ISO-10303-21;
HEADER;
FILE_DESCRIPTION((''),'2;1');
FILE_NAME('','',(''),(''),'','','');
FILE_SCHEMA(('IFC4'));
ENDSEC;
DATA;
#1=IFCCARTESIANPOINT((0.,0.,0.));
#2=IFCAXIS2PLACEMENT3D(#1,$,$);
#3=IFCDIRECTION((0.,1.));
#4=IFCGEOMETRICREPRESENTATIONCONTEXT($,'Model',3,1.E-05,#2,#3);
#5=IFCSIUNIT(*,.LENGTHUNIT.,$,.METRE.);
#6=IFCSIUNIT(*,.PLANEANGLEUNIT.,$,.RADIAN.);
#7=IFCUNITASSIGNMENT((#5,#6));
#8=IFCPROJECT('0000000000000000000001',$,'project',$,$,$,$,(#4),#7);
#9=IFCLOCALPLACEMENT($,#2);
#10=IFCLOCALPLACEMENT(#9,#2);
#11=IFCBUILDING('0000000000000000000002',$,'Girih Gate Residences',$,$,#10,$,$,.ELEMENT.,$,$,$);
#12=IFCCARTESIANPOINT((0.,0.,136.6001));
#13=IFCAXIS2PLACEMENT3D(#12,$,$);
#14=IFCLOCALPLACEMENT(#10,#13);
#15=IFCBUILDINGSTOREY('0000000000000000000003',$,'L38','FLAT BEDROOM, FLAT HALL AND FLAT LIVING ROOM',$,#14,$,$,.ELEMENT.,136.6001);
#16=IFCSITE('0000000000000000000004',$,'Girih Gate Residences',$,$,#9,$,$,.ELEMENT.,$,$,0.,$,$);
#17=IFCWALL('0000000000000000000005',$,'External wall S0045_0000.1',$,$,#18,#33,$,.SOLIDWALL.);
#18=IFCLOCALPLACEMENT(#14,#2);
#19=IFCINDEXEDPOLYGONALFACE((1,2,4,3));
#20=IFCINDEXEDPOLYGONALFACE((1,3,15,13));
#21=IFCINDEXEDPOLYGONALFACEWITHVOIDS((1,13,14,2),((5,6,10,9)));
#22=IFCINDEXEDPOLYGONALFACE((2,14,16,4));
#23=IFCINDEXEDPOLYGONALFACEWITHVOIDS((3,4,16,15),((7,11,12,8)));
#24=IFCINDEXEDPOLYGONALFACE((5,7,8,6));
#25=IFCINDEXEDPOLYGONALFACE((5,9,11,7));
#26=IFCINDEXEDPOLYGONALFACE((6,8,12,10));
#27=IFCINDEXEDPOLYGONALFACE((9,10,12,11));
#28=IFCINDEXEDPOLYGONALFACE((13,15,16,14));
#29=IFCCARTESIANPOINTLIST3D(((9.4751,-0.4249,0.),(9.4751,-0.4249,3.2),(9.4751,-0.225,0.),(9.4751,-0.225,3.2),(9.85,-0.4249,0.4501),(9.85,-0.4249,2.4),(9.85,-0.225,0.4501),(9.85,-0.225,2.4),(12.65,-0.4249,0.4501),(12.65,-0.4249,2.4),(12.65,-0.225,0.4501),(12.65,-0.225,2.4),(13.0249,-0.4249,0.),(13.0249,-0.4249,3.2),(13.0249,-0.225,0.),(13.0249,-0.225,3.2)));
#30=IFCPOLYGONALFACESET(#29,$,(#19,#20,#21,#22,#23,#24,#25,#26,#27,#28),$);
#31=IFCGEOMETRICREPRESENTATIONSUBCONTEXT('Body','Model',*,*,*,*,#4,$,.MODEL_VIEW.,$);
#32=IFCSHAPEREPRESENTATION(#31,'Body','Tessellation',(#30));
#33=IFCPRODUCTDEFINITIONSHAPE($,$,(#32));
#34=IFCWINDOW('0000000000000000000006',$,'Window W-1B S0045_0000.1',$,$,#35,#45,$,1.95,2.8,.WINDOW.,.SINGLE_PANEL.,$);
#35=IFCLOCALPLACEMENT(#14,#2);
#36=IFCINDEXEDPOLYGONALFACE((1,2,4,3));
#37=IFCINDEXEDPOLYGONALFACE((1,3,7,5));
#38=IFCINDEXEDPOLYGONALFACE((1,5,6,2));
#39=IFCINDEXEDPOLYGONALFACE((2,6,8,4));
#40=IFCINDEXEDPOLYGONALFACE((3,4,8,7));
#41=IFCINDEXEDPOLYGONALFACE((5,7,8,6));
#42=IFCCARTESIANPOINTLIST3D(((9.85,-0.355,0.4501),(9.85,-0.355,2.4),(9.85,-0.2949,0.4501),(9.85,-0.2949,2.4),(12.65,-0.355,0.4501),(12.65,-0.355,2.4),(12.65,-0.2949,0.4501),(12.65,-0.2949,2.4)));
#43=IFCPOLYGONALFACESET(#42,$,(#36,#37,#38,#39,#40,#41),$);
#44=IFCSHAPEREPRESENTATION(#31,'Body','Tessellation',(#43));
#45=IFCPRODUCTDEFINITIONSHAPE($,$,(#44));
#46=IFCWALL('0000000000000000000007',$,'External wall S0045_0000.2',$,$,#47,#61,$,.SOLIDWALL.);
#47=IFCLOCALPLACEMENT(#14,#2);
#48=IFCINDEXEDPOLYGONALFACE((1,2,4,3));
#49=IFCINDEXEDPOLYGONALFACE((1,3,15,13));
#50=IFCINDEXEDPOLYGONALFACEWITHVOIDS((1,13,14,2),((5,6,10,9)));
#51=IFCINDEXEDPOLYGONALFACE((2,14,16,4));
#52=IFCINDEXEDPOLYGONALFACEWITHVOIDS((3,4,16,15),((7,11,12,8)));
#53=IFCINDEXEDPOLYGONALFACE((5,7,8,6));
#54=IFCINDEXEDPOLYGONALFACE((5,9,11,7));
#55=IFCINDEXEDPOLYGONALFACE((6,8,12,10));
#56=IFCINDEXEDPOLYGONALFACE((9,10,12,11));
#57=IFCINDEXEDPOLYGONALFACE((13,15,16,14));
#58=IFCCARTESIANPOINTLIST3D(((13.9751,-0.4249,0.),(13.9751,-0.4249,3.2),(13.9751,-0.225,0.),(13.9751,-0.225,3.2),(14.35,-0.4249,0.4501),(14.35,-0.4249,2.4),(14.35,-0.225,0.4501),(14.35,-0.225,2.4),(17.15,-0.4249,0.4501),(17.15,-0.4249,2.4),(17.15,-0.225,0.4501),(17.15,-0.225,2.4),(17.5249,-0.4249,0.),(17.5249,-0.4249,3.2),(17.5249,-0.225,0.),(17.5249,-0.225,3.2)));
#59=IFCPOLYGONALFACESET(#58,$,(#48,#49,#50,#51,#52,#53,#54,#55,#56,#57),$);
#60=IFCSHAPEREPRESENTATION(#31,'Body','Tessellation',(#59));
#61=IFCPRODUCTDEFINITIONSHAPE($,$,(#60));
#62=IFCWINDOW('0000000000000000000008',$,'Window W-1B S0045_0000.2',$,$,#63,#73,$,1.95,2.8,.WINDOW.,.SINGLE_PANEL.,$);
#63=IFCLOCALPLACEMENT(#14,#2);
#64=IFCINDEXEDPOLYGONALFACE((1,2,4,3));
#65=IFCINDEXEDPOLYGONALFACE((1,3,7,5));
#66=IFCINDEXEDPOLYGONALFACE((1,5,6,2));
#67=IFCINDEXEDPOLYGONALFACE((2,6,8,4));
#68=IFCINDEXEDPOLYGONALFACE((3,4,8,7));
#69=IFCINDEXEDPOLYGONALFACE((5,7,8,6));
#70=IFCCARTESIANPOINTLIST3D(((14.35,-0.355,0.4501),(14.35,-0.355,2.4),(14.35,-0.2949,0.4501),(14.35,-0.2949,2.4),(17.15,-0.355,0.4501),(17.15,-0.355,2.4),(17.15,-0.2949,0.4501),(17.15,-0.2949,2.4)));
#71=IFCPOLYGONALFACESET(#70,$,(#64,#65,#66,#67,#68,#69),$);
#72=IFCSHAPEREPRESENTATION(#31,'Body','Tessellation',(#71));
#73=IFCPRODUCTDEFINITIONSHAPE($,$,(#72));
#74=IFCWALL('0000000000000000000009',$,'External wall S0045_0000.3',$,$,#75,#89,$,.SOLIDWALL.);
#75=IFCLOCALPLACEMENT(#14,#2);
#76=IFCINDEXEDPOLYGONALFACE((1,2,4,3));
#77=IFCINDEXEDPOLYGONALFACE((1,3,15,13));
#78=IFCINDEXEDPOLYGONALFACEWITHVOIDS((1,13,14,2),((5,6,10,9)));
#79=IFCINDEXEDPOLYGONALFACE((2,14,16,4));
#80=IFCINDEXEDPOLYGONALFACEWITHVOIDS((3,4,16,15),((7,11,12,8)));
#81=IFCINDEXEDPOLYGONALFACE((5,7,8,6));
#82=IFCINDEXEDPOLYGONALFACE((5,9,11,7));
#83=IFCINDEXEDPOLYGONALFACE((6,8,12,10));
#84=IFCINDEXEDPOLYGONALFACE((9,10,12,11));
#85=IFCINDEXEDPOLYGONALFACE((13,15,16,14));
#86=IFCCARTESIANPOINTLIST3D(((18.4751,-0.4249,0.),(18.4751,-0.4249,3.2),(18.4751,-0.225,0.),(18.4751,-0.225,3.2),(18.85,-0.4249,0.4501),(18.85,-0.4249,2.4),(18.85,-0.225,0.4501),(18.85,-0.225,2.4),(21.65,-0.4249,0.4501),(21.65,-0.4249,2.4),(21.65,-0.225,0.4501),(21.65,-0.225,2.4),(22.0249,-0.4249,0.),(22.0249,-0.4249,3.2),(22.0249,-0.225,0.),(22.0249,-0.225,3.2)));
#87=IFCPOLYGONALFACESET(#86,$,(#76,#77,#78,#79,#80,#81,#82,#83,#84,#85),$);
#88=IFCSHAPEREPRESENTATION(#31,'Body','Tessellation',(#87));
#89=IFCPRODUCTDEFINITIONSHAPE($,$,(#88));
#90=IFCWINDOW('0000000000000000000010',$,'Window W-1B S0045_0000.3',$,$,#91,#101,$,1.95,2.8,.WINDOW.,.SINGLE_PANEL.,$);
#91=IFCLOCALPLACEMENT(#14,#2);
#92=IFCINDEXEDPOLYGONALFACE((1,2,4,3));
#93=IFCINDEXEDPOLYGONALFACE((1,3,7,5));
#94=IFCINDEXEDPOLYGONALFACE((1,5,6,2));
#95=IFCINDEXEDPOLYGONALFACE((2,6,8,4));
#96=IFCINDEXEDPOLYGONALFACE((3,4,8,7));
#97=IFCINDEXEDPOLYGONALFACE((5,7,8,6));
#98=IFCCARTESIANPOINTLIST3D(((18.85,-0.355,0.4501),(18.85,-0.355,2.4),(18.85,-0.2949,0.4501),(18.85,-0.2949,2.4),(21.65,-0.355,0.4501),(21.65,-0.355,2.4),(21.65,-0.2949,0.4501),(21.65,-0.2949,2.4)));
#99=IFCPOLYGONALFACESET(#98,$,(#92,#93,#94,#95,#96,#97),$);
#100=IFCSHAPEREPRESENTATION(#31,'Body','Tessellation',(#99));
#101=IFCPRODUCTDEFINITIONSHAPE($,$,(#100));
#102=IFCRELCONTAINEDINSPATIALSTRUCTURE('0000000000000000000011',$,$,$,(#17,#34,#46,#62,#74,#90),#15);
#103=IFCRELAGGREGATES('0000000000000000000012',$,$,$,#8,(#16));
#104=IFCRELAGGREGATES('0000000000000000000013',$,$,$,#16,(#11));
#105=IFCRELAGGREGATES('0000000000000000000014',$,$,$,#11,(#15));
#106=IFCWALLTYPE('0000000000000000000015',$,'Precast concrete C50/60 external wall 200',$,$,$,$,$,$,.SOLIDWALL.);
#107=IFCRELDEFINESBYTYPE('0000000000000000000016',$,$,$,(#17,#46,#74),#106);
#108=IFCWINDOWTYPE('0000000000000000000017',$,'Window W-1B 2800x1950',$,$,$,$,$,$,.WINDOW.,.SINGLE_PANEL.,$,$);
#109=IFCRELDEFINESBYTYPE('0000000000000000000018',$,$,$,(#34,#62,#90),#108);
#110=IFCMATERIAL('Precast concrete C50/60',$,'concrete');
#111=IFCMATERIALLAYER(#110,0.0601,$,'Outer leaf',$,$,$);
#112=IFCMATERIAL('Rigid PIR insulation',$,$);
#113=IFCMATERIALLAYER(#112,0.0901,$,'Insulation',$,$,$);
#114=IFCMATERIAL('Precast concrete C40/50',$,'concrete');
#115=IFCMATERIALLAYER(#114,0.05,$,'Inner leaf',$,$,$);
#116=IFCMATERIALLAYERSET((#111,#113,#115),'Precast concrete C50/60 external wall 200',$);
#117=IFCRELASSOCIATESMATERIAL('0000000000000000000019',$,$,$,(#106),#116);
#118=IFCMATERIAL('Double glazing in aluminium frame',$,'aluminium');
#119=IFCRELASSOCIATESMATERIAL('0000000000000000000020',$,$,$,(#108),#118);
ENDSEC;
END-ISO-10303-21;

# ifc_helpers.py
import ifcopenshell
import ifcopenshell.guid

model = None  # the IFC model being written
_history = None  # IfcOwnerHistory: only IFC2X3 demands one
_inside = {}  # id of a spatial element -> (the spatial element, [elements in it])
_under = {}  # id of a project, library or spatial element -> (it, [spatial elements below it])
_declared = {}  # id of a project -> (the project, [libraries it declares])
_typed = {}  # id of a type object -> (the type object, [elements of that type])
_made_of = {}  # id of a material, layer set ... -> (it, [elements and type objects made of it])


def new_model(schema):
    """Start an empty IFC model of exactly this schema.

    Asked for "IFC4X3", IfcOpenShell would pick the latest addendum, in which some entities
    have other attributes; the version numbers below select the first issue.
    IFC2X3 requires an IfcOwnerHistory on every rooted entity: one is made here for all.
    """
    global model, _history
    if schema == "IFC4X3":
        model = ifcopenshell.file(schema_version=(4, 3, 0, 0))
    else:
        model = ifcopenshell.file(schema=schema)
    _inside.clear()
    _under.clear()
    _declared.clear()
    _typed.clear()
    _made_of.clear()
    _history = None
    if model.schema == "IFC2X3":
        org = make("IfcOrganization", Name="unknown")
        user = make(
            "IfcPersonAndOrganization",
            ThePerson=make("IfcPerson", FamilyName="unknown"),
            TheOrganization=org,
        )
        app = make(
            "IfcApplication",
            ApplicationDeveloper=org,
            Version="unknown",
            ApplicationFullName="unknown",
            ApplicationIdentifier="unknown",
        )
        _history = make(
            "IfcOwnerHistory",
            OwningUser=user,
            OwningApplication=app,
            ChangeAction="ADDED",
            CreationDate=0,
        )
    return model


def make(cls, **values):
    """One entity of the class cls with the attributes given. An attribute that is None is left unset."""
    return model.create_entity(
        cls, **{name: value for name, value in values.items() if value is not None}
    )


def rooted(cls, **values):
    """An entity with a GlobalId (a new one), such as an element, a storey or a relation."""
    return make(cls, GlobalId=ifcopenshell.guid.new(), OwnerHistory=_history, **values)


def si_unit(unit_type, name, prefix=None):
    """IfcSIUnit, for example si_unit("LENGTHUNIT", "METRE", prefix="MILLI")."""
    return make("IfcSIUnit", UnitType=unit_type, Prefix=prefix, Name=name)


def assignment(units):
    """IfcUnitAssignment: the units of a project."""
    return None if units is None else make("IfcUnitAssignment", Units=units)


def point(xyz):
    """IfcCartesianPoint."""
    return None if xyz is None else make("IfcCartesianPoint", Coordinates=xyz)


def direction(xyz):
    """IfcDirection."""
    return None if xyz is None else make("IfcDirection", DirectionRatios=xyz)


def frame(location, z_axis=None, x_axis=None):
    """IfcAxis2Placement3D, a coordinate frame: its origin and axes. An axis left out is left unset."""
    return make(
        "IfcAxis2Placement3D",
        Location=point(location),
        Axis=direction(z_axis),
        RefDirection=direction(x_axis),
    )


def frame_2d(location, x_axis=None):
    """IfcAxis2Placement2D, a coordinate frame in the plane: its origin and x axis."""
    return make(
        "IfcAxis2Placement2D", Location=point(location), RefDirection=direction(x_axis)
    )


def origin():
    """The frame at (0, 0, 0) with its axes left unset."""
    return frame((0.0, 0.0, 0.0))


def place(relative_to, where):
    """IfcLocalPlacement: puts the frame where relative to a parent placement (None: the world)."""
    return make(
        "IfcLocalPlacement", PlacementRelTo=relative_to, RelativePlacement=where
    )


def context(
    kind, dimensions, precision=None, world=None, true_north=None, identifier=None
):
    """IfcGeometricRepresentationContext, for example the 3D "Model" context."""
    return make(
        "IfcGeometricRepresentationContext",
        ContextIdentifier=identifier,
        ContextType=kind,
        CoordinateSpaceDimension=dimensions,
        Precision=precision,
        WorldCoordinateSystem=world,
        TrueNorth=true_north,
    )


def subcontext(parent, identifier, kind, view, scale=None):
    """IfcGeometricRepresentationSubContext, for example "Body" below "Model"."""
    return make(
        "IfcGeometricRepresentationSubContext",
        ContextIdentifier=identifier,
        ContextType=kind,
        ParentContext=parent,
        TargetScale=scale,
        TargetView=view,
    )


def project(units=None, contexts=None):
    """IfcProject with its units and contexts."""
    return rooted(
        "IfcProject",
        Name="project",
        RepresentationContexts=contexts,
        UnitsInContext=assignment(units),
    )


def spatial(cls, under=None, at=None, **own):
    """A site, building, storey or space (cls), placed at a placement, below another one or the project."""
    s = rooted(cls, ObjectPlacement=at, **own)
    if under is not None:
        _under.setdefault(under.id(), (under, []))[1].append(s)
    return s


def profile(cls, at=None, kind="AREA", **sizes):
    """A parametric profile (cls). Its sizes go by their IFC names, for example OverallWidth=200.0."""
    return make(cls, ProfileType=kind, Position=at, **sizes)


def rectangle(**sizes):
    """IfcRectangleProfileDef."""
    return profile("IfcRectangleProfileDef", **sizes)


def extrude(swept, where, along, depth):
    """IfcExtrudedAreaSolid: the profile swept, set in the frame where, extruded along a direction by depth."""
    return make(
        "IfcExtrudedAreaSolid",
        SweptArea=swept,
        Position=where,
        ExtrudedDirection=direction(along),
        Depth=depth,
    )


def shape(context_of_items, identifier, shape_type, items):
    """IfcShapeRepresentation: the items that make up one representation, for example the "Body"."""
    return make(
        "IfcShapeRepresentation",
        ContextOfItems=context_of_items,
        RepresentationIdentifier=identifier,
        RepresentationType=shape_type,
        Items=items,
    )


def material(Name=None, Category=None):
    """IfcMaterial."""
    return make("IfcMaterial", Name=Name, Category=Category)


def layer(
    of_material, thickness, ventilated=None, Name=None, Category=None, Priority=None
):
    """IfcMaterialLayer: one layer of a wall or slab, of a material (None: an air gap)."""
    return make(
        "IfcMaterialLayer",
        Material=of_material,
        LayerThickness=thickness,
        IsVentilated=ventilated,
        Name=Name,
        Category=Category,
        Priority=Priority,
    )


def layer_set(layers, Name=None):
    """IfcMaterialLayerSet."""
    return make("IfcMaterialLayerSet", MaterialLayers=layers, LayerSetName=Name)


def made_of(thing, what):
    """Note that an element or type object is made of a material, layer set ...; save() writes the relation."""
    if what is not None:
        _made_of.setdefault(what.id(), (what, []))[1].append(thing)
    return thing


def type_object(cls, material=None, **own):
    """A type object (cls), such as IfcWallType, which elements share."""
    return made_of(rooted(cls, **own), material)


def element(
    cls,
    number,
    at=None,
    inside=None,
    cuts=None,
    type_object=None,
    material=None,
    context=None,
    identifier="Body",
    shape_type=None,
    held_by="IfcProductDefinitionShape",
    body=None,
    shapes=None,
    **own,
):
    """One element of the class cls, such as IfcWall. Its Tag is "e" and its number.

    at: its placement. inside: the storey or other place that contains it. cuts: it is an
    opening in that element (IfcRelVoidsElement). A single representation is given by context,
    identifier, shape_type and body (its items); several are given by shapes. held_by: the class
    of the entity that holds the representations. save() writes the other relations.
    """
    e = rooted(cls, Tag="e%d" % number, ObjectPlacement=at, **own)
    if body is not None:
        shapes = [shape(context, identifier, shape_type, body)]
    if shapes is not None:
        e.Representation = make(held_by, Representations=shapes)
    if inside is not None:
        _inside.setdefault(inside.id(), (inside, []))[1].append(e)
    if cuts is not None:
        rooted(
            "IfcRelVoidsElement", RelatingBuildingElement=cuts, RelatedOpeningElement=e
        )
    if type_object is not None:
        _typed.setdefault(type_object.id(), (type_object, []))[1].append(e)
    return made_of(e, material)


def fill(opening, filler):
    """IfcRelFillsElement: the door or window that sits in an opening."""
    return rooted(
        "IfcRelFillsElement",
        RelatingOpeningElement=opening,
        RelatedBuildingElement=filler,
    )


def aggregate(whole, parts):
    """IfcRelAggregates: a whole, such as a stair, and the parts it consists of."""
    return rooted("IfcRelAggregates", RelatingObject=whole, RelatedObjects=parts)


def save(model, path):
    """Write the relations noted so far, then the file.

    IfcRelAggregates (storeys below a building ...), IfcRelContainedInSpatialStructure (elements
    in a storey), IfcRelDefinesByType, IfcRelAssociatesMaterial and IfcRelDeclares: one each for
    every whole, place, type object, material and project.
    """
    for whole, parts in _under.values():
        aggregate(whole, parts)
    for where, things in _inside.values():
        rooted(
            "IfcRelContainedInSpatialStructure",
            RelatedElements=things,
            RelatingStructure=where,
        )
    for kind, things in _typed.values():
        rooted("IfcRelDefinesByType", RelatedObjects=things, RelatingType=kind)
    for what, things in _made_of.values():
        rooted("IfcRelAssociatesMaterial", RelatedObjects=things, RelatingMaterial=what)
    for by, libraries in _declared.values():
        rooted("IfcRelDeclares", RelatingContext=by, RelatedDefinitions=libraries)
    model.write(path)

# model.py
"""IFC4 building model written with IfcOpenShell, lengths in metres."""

from ifc_helpers import new_model, si_unit, direction, frame, frame_2d, origin, place, context, subcontext, project, spatial, rectangle, extrude, material, layer, layer_set, type_object, element, fill, save


model = new_model("IFC4")

# Units and contexts
model_context = context("Model", 3, precision=1e-05, world=origin(), true_north=direction((0.0, 1.0)))
body_context = subcontext(model_context, "Body", "Model", "MODEL_VIEW")
ifc_project = project(units=[si_unit("LENGTHUNIT", "METRE"), si_unit("PLANEANGLEUNIT", "RADIAN")], contexts=[model_context])

# Site, building, storey
site_placement = place(None, origin())
site = spatial("IfcSite", under=ifc_project, at=site_placement, Name="Girih Gate Residences", CompositionType="ELEMENT", RefElevation=0.0)
building_placement = place(site_placement, origin())
building = spatial("IfcBuilding", under=site, at=building_placement, Name="Girih Gate Residences", CompositionType="ELEMENT")
storey_placement = place(building_placement, frame((0.0, 0.0, 136.6001)))
storey = spatial("IfcBuildingStorey", under=building, at=storey_placement, Name="L38", Description="FLAT BEDROOM, FLAT HALL AND FLAT LIVING ROOM", CompositionType="ELEMENT", Elevation=136.6001)

# Walls, openings, windows
ifc_material_1 = material(Name="Precast concrete C50/60", Category="concrete")
ifc_layer_1 = layer(ifc_material_1, 0.0601, Name="Outer leaf")
ifc_material_2 = material(Name="Rigid PIR insulation")
ifc_layer_2 = layer(ifc_material_2, 0.0901, Name="Insulation")
ifc_material_3 = material(Name="Precast concrete C40/50", Category="concrete")
ifc_layer_3 = layer(ifc_material_3, 0.05, Name="Inner leaf")
ifc_layer_set_1 = layer_set([ifc_layer_1, ifc_layer_2, ifc_layer_3], Name="Precast concrete C50/60 external wall 200")
wall_type_1 = type_object("IfcWallType", Name="Precast concrete C50/60 external wall 200", PredefinedType="SOLIDWALL", material=ifc_layer_set_1)
ifc_material_4 = material(Name="Double glazing in aluminium frame", Category="aluminium")
window_type = type_object("IfcWindowType", Name="Window W-1B 2800x1950", PartitioningType="SINGLE_PANEL", PredefinedType="WINDOW", material=ifc_material_4)
wall_1_placement = place(storey_placement, frame((13.0249, -0.325, 0.0), z_axis=(0.0, 0.0, 1.0), x_axis=(-1.0, 0.0, 0.0)))
wall_1 = element("IfcWall", 1, at=wall_1_placement, inside=storey, type_object=wall_type_1, Name="External wall S0045_0000.1", PredefinedType="SOLIDWALL", context=body_context, shape_type="SweptSolid", body=[
    extrude(rectangle(XDim=3.5498, YDim=0.2, at=frame_2d((1.7749, 0.0))), origin(), (0.0, 0.0, 1.0), 3.2),
])
opening_1_placement = place(wall_1_placement, frame((0.375, 0.0, 0.45)))
opening_1 = element("IfcOpeningElement", 2, at=opening_1_placement, cuts=wall_1, PredefinedType="OPENING", context=body_context, shape_type="SweptSolid", body=[
    extrude(rectangle(XDim=2.8, YDim=1.95, at=frame_2d((1.3999, 0.9751))), frame((0.0, 0.1099, 0.0), z_axis=(0.0, -1.0, 0.0), x_axis=(1.0, 0.0, 0.0)), (0.0, 0.0, 1.0), 0.22),
])
window_1_placement = place(opening_1_placement, origin())
window_1 = element("IfcWindow", 3, at=window_1_placement, inside=storey, type_object=window_type, Name="Window W-1B S0045_0000.1", OverallHeight=1.95, OverallWidth=2.8, PartitioningType="SINGLE_PANEL", PredefinedType="WINDOW", context=body_context, shape_type="SweptSolid", body=[
    extrude(rectangle(XDim=2.8, YDim=1.95, at=frame_2d((1.3999, 0.9751))), frame((0.0, 0.03, 0.0), z_axis=(0.0, -1.0, 0.0), x_axis=(1.0, 0.0, 0.0)), (0.0, 0.0, 1.0), 0.0601),
])
fill(opening_1, window_1)
wall_2_placement = place(storey_placement, frame((17.5249, -0.325, 0.0), z_axis=(0.0, 0.0, 1.0), x_axis=(-1.0, 0.0, 0.0)))
wall_2 = element("IfcWall", 4, at=wall_2_placement, inside=storey, type_object=wall_type_1, Name="External wall S0045_0000.2", PredefinedType="SOLIDWALL", context=body_context, shape_type="SweptSolid", body=[
    extrude(rectangle(XDim=3.5498, YDim=0.2, at=frame_2d((1.7749, 0.0))), origin(), (0.0, 0.0, 1.0), 3.2),
])
opening_2_placement = place(wall_2_placement, frame((0.375, 0.0, 0.45)))
opening_2 = element("IfcOpeningElement", 5, at=opening_2_placement, cuts=wall_2, PredefinedType="OPENING", context=body_context, shape_type="SweptSolid", body=[
    extrude(rectangle(XDim=2.8, YDim=1.95, at=frame_2d((1.3999, 0.9751))), frame((0.0, 0.1099, 0.0), z_axis=(0.0, -1.0, 0.0), x_axis=(1.0, 0.0, 0.0)), (0.0, 0.0, 1.0), 0.22),
])
window_2_placement = place(opening_2_placement, origin())
window_2 = element("IfcWindow", 6, at=window_2_placement, inside=storey, type_object=window_type, Name="Window W-1B S0045_0000.2", OverallHeight=1.95, OverallWidth=2.8, PartitioningType="SINGLE_PANEL", PredefinedType="WINDOW", context=body_context, shape_type="SweptSolid", body=[
    extrude(rectangle(XDim=2.8, YDim=1.95, at=frame_2d((1.3999, 0.9751))), frame((0.0, 0.03, 0.0), z_axis=(0.0, -1.0, 0.0), x_axis=(1.0, 0.0, 0.0)), (0.0, 0.0, 1.0), 0.0601),
])
fill(opening_2, window_2)
wall_3_placement = place(storey_placement, frame((22.0249, -0.325, 0.0), z_axis=(0.0, 0.0, 1.0), x_axis=(-1.0, 0.0, 0.0)))
wall_3 = element("IfcWall", 7, at=wall_3_placement, inside=storey, type_object=wall_type_1, Name="External wall S0045_0000.3", PredefinedType="SOLIDWALL", context=body_context, shape_type="SweptSolid", body=[
    extrude(rectangle(XDim=3.5498, YDim=0.2, at=frame_2d((1.7749, 0.0))), origin(), (0.0, 0.0, 1.0), 3.2),
])
opening_3_placement = place(wall_3_placement, frame((0.375, 0.0, 0.45)))
opening_3 = element("IfcOpeningElement", 8, at=opening_3_placement, cuts=wall_3, PredefinedType="OPENING", context=body_context, shape_type="SweptSolid", body=[
    extrude(rectangle(XDim=2.8, YDim=1.95, at=frame_2d((1.3999, 0.9751))), frame((0.0, 0.1099, 0.0), z_axis=(0.0, -1.0, 0.0), x_axis=(1.0, 0.0, 0.0)), (0.0, 0.0, 1.0), 0.22),
])
window_3_placement = place(opening_3_placement, origin())
window_3 = element("IfcWindow", 9, at=window_3_placement, inside=storey, type_object=window_type, Name="Window W-1B S0045_0000.3", OverallHeight=1.95, OverallWidth=2.8, PartitioningType="SINGLE_PANEL", PredefinedType="WINDOW", context=body_context, shape_type="SweptSolid", body=[
    extrude(rectangle(XDim=2.8, YDim=1.95, at=frame_2d((1.3999, 0.9751))), frame((0.0, 0.03, 0.0), z_axis=(0.0, -1.0, 0.0), x_axis=(1.0, 0.0, 0.0)), (0.0, 0.0, 1.0), 0.0601),
])
fill(opening_3, window_3)

save(model, "model.ifc")
